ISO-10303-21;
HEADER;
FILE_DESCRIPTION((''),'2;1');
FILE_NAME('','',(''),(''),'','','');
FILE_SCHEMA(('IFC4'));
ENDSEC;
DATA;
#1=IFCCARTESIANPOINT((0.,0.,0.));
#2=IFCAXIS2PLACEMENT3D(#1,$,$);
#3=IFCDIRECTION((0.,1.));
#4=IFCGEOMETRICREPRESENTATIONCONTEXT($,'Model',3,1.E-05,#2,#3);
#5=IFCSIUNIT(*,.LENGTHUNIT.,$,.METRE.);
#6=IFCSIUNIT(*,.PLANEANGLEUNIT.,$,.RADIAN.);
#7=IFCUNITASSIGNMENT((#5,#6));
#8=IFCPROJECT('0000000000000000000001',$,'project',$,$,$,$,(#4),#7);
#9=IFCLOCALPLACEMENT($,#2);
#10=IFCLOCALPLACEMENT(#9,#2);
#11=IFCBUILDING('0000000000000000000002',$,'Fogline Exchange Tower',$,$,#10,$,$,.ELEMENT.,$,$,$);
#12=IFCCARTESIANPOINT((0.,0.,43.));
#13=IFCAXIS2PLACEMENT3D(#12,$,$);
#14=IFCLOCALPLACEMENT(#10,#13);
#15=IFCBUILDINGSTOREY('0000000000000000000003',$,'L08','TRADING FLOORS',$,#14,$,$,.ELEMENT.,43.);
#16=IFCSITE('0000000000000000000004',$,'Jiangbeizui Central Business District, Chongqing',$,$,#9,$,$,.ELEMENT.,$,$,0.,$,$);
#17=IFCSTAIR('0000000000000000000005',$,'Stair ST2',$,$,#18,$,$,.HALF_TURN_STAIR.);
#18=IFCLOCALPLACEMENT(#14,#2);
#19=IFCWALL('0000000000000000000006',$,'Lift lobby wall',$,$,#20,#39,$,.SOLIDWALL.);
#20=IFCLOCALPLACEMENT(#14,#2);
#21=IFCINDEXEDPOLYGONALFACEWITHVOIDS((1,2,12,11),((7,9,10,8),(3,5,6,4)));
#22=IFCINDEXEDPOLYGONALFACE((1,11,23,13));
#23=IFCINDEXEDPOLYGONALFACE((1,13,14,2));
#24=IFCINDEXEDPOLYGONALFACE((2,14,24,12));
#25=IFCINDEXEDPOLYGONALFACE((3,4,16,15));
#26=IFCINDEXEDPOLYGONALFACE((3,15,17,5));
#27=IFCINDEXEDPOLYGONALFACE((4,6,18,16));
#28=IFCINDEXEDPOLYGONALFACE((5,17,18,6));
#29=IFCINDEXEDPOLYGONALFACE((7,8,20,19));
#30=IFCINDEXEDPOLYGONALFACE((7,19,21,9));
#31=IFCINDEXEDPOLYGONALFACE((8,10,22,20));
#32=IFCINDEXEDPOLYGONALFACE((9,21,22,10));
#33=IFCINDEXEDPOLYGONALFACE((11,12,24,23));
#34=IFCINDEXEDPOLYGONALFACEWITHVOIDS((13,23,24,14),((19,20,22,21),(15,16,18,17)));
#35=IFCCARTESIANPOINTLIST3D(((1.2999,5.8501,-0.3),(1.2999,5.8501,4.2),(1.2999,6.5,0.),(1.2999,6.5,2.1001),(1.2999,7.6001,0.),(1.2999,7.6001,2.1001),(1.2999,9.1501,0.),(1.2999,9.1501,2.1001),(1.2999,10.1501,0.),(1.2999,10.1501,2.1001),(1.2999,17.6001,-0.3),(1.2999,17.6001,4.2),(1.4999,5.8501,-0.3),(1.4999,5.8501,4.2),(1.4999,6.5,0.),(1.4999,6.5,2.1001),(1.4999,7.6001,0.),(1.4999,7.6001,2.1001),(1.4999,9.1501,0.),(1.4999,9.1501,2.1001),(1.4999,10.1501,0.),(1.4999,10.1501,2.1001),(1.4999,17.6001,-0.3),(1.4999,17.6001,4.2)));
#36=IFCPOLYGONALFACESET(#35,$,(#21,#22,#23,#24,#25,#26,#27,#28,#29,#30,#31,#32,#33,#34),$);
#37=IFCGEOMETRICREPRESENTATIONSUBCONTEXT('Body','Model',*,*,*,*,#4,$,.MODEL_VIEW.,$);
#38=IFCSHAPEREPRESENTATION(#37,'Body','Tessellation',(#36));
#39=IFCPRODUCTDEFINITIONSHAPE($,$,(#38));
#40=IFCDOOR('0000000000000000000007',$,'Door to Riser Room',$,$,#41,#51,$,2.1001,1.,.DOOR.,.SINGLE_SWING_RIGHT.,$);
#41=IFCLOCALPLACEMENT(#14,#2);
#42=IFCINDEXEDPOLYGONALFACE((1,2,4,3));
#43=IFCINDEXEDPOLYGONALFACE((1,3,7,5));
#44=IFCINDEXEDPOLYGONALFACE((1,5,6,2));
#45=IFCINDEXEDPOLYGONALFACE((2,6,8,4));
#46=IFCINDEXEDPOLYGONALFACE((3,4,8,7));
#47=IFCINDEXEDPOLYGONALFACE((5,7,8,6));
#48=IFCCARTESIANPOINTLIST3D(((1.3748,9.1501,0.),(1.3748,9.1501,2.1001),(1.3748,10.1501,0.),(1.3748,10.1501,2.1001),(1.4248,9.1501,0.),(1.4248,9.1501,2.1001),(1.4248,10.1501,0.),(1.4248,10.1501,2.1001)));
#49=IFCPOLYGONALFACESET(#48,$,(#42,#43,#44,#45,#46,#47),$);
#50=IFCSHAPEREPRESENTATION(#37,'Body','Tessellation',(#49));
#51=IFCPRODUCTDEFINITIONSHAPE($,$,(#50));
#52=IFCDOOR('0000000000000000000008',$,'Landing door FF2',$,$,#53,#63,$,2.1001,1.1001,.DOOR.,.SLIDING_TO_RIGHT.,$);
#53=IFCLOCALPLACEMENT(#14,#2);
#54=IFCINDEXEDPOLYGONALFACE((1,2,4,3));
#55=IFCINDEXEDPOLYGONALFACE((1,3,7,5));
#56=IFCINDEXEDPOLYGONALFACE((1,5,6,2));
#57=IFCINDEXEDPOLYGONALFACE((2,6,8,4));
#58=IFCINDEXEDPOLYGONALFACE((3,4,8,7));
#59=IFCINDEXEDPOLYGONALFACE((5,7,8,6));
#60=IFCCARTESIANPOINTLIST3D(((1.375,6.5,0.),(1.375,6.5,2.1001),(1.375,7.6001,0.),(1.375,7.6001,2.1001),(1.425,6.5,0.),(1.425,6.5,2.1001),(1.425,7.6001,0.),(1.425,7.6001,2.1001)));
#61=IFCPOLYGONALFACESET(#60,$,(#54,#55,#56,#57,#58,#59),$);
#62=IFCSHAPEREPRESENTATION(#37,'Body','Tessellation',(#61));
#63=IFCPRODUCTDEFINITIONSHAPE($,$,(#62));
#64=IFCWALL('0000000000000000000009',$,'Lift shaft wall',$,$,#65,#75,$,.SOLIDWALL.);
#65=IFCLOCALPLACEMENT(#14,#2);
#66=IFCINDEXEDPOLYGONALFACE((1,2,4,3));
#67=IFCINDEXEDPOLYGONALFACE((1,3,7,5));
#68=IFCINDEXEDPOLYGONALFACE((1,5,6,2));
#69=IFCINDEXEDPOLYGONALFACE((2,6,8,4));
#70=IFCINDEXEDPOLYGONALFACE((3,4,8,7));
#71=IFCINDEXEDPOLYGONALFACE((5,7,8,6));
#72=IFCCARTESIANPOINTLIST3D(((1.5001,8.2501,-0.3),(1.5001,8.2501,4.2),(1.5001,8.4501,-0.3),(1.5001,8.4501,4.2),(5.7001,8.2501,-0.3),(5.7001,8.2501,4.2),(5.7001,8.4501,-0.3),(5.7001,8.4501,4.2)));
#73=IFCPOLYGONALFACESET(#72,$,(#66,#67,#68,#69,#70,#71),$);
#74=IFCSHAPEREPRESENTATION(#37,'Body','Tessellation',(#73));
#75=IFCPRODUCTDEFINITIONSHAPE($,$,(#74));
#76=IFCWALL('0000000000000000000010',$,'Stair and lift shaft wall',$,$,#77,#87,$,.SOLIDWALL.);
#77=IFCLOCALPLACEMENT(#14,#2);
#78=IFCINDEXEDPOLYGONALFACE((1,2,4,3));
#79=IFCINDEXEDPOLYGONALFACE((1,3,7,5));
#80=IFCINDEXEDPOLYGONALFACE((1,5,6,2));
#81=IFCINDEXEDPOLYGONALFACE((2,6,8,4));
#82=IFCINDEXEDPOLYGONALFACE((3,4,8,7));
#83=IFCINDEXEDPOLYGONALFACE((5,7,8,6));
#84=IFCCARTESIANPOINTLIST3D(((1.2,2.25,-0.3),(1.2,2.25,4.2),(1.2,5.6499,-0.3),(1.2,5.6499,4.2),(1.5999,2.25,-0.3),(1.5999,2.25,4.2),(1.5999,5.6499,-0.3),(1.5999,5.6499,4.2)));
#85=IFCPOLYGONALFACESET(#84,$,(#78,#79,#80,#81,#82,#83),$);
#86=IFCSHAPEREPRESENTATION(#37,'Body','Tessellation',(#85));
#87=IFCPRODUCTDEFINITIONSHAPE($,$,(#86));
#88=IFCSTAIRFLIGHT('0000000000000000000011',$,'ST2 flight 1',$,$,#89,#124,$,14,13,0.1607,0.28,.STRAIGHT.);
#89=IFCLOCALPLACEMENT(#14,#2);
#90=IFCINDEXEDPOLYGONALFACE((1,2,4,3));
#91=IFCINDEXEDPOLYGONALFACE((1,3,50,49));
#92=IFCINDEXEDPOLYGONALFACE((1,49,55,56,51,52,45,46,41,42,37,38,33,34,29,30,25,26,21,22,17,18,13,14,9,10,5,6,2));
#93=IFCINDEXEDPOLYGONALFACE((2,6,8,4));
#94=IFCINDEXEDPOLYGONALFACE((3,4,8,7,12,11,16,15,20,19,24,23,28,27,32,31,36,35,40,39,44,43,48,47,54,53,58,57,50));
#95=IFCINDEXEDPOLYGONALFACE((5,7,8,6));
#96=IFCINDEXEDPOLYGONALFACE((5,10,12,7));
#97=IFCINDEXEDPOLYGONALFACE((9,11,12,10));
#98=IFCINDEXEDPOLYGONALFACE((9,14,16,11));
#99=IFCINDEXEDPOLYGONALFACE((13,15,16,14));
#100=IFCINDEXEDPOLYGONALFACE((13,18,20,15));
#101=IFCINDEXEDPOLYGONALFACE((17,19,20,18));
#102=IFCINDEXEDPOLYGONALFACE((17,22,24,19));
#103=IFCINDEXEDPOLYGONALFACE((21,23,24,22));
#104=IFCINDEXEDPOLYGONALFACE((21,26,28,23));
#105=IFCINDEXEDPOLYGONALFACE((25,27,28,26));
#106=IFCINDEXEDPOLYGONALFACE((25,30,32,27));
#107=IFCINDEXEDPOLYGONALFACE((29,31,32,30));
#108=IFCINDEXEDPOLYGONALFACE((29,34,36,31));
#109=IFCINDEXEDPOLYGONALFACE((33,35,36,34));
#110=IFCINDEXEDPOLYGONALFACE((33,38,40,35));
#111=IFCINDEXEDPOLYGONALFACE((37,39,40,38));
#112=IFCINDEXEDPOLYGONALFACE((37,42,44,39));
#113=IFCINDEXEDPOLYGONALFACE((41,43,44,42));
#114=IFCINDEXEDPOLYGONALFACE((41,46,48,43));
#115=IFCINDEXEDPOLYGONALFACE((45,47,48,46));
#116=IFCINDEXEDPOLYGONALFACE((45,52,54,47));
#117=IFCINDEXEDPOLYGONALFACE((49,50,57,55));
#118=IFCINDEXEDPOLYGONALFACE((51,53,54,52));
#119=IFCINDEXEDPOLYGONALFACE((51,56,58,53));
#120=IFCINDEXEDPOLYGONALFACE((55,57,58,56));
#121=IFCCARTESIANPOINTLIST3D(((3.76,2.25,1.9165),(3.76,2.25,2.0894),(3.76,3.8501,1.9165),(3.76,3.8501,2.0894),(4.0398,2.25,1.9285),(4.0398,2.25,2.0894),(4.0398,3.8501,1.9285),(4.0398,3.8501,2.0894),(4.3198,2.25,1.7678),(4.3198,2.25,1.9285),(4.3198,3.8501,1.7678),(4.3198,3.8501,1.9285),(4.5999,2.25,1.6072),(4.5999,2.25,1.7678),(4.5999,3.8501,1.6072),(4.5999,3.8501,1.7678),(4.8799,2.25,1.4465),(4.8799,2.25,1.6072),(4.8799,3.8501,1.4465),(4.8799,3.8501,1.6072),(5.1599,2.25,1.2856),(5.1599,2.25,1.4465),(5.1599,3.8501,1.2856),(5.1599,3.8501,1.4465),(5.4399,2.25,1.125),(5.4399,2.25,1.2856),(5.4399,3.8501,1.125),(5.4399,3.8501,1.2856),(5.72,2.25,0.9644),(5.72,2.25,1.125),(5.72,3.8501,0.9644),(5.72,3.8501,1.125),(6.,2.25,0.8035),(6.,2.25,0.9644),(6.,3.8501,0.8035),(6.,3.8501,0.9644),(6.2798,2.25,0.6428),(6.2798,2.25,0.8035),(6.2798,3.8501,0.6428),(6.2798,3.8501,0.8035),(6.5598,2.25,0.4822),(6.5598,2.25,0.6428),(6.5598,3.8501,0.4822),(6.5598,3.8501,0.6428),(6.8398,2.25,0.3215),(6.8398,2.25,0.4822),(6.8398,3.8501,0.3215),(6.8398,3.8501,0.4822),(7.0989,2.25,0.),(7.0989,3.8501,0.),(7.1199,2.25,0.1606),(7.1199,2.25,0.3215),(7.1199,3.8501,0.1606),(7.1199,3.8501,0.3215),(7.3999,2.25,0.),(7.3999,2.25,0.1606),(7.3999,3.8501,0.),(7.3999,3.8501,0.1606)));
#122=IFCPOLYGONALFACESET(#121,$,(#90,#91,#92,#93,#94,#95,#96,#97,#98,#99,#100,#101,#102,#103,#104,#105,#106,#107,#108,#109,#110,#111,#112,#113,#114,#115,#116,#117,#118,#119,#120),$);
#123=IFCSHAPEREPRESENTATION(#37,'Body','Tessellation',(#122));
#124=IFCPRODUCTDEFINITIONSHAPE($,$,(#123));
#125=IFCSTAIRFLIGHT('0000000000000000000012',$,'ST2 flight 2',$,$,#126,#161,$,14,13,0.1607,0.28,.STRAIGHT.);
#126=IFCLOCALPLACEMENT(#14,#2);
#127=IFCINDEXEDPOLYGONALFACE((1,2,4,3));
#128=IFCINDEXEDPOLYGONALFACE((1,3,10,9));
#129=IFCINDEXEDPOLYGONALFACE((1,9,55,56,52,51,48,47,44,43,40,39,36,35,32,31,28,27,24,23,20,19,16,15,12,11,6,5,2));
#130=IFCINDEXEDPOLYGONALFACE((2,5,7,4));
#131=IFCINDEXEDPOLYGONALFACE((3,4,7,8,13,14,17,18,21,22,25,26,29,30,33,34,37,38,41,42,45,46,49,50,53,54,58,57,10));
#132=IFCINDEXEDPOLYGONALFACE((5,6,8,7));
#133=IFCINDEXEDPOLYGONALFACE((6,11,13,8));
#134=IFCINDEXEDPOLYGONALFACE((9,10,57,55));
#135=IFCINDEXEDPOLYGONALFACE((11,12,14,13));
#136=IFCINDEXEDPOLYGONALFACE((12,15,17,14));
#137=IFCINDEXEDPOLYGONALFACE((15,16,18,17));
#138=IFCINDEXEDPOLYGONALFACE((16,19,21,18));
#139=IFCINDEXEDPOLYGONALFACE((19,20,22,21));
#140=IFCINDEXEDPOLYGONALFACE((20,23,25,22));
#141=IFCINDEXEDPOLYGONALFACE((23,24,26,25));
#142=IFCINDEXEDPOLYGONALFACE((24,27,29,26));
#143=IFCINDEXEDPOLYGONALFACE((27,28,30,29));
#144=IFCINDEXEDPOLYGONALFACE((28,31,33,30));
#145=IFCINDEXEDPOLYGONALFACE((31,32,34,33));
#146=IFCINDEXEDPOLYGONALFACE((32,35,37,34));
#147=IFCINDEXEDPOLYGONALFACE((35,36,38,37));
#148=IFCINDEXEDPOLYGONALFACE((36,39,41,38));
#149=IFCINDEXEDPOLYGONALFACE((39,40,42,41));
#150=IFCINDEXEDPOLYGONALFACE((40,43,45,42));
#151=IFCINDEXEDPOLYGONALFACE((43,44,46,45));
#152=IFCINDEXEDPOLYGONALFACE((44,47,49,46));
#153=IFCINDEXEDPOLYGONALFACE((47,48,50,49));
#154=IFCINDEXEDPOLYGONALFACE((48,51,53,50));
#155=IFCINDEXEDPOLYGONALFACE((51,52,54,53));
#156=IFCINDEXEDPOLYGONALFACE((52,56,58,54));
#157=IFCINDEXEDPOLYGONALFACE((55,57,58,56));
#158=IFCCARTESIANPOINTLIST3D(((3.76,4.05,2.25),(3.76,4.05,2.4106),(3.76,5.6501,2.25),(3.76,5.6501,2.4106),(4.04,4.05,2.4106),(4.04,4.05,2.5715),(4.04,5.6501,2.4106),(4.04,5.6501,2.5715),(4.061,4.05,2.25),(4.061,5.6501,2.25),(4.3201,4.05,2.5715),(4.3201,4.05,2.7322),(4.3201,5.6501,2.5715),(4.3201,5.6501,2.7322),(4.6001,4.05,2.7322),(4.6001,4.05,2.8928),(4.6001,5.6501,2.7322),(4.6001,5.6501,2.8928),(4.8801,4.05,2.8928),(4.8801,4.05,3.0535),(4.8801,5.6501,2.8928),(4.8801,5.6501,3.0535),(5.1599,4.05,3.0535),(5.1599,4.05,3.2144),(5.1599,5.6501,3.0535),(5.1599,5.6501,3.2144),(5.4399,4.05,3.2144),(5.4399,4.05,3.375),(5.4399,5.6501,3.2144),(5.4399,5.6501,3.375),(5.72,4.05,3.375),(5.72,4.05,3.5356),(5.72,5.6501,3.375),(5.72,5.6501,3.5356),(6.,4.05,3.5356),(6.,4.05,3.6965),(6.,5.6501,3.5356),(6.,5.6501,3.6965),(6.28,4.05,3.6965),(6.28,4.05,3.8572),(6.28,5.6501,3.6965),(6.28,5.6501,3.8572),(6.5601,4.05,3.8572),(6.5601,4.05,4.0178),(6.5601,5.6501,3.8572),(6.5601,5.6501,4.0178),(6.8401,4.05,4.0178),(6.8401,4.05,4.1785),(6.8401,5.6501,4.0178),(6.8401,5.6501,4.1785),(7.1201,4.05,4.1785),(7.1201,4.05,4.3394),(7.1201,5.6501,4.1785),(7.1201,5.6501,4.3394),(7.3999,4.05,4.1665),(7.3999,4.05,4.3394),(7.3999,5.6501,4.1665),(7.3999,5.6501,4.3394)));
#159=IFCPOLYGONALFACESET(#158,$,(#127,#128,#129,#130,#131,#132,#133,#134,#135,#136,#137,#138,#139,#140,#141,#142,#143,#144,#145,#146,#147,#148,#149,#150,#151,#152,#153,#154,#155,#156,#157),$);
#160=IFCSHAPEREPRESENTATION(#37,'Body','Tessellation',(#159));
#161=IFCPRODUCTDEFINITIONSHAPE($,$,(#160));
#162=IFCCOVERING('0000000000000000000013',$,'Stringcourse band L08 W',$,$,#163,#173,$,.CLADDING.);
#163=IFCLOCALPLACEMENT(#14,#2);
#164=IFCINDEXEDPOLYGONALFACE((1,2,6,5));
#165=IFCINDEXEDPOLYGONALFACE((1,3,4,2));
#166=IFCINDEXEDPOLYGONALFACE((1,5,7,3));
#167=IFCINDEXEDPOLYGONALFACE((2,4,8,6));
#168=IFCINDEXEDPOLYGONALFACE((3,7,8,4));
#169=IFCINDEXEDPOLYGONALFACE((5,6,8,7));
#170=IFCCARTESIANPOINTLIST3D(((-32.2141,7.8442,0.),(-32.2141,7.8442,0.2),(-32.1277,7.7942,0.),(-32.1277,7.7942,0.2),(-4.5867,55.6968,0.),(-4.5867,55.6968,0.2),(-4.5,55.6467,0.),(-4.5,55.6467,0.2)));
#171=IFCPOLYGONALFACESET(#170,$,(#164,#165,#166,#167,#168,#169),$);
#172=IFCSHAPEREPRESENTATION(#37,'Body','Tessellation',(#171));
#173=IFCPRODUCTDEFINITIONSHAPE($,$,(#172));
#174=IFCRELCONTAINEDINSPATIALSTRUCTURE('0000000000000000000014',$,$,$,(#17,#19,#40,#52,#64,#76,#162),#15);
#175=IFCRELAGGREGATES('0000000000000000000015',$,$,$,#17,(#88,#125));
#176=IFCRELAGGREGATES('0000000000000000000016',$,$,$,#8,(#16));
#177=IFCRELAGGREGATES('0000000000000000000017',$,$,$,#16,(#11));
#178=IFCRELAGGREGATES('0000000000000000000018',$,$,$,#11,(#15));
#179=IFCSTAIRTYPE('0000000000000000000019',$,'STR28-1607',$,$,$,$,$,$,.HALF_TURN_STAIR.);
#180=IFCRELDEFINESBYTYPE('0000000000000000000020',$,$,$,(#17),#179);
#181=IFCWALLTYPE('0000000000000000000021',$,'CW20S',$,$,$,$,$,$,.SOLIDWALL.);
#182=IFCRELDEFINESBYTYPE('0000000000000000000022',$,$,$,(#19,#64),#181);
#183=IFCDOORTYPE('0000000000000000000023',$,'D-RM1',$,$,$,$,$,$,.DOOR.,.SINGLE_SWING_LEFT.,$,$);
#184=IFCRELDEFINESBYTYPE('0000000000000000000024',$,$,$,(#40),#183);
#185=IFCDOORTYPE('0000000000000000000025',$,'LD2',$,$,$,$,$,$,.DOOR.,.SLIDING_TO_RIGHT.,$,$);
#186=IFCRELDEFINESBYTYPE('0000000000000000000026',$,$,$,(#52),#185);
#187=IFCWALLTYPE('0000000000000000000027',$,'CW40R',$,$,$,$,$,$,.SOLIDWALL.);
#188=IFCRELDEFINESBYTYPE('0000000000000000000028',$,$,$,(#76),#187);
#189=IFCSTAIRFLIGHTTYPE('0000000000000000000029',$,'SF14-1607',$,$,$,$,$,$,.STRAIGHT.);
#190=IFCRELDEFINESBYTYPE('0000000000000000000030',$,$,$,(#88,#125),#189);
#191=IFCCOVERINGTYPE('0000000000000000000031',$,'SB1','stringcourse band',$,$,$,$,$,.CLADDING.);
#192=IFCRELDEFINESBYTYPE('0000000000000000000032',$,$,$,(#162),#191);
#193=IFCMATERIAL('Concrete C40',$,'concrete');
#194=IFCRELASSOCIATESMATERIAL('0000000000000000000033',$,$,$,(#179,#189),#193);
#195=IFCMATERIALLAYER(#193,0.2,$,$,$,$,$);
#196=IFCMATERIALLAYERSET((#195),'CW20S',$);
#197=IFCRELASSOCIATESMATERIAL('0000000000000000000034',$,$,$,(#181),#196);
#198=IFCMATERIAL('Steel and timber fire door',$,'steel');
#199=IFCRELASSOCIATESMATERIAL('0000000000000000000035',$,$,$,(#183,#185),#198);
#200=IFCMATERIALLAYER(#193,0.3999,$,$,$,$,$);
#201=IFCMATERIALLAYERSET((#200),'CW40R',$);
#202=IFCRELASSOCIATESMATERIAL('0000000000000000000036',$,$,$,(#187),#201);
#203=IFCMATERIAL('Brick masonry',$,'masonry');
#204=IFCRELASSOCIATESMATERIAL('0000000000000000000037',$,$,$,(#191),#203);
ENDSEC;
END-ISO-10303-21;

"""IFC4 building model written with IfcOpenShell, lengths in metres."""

from ifc_helpers import new_model, si_unit, direction, frame, frame_2d, origin, place, context, subcontext, project, spatial, polyline, rectangle, outline, extrude, material, layer, layer_set, type_object, element, fill, aggregate, save


model = new_model("IFC4")

# Units and contexts
model_context = context("Model", 3, precision=1e-05, world=origin(), true_north=direction((0.0, 1.0)))
body_context = subcontext(model_context, "Body", "Model", "MODEL_VIEW")
ifc_project = project(units=[si_unit("LENGTHUNIT", "METRE"), si_unit("PLANEANGLEUNIT", "RADIAN")], contexts=[model_context])

# Site, building, storey
site_placement = place(None, origin())
site = spatial("IfcSite", under=ifc_project, at=site_placement, Name="Jiangbeizui Central Business District, Chongqing", CompositionType="ELEMENT", RefElevation=0.0)
building_placement = place(site_placement, origin())
building = spatial("IfcBuilding", under=site, at=building_placement, Name="Fogline Exchange Tower", CompositionType="ELEMENT")
storey_placement = place(building_placement, frame((0.0, 0.0, 43.0)))
storey = spatial("IfcBuildingStorey", under=building, at=storey_placement, Name="L08", Description="TRADING FLOORS", CompositionType="ELEMENT", Elevation=43.0)

# Shared definitions
ifc_material_1 = material(Name="Concrete C40", Category="concrete")

# Stair
stair_type = type_object("IfcStairType", Name="STR28-1607", PredefinedType="HALF_TURN_STAIR", material=ifc_material_1)
stair_1_placement = place(storey_placement, origin())
stair_1 = element("IfcStair", 1, at=stair_1_placement, inside=storey, type_object=stair_type, Name="Stair ST2", PredefinedType="HALF_TURN_STAIR")

# Shared definitions
ifc_material_2 = material(Name="Steel and timber fire door", Category="steel")

# Shared definitions
ifc_layer_1 = layer(ifc_material_1, 0.2)
ifc_layer_set_1 = layer_set([ifc_layer_1], Name="CW20S")
wall_type_1 = type_object("IfcWallType", Name="CW20S", PredefinedType="SOLIDWALL", material=ifc_layer_set_1)
door_type_1 = type_object("IfcDoorType", Name="D-RM1", OperationType="SINGLE_SWING_LEFT", PredefinedType="DOOR", material=ifc_material_2)

# Wall, openings, doors
wall_1_placement = place(storey_placement, frame((1.3999, 5.8501, -0.3), z_axis=(0.0, 0.0, 1.0), x_axis=(0.0, 1.0, 0.0)))
wall_1 = element("IfcWall", 2, at=wall_1_placement, inside=storey, type_object=wall_type_1, Name="Lift lobby wall", PredefinedType="SOLIDWALL", context=body_context, shape_type="SweptSolid", body=[
    extrude(rectangle(XDim=11.75, YDim=0.2, at=frame_2d((5.875, 0.0))), origin(), (0.0, 0.0, 1.0), 4.5),
])
opening_1_placement = place(wall_1_placement, frame((0.6499, 0.0, 0.3)))
opening_1 = element("IfcOpeningElement", 3, at=opening_1_placement, cuts=wall_1, PredefinedType="OPENING", context=body_context, shape_type="SweptSolid", body=[
    extrude(rectangle(XDim=1.1001, YDim=2.1001, at=frame_2d((0.55, 1.05))), frame((0.0, 0.1099, 0.0), z_axis=(0.0, -1.0, 0.0), x_axis=(1.0, 0.0, 0.0)), (0.0, 0.0, 1.0), 0.22),
])
opening_2_placement = place(wall_1_placement, frame((3.3, 0.0, 0.3)))
opening_2 = element("IfcOpeningElement", 4, at=opening_2_placement, cuts=wall_1, PredefinedType="OPENING", context=body_context, shape_type="SweptSolid", body=[
    extrude(rectangle(XDim=1.0, YDim=2.1001, at=frame_2d((0.5, 1.05))), frame((0.0, 0.1099, 0.0), z_axis=(0.0, -1.0, 0.0), x_axis=(1.0, 0.0, 0.0)), (0.0, 0.0, 1.0), 0.22),
])
door_1_placement = place(opening_2_placement, frame((1.0, 0.0, 0.0), z_axis=(0.0, 0.0, 1.0), x_axis=(-1.0, 0.0, 0.0)))
door_1 = element("IfcDoor", 5, at=door_1_placement, inside=storey, type_object=door_type_1, Name="Door to Riser Room", OperationType="SINGLE_SWING_RIGHT", OverallHeight=2.1001, OverallWidth=1.0, PredefinedType="DOOR", context=body_context, shape_type="SweptSolid", body=[
    extrude(rectangle(XDim=1.0, YDim=2.1001, at=frame_2d((0.5, 1.05))), frame((0.0, 0.0249, 0.0), z_axis=(0.0, -1.0, 0.0), x_axis=(1.0, 0.0, 0.0)), (0.0, 0.0, 1.0), 0.05),
])
fill(opening_2, door_1)
door_type_2 = type_object("IfcDoorType", Name="LD2", OperationType="SLIDING_TO_RIGHT", PredefinedType="DOOR", material=ifc_material_2)
door_2_placement = place(opening_1_placement, origin())
door_2 = element("IfcDoor", 6, at=door_2_placement, inside=storey, type_object=door_type_2, Name="Landing door FF2", OperationType="SLIDING_TO_RIGHT", OverallHeight=2.1001, OverallWidth=1.1001, PredefinedType="DOOR", context=body_context, shape_type="SweptSolid", body=[
    extrude(rectangle(XDim=1.1001, YDim=2.1001, at=frame_2d((0.55, 1.05))), frame((0.0, 0.0249, 0.0), z_axis=(0.0, -1.0, 0.0), x_axis=(1.0, 0.0, 0.0)), (0.0, 0.0, 1.0), 0.05),
])
fill(opening_1, door_2)

# Walls
wall_2_placement = place(storey_placement, frame((1.5, 8.3501, -0.3), z_axis=(0.0, 0.0, 1.0), x_axis=(1.0, 0.0, 0.0)))
element("IfcWall", 7, at=wall_2_placement, inside=storey, type_object=wall_type_1, Name="Lift shaft wall", PredefinedType="SOLIDWALL", context=body_context, shape_type="SweptSolid", body=[
    extrude(rectangle(XDim=4.2, YDim=0.2, at=frame_2d((2.1001, 0.0))), origin(), (0.0, 0.0, 1.0), 4.5),
])
ifc_layer_2 = layer(ifc_material_1, 0.3999)
ifc_layer_set_2 = layer_set([ifc_layer_2], Name="CW40R")
wall_type_2 = type_object("IfcWallType", Name="CW40R", PredefinedType="SOLIDWALL", material=ifc_layer_set_2)
wall_3_placement = place(storey_placement, frame((1.3999, 2.25, -0.3), z_axis=(0.0, 0.0, 1.0), x_axis=(0.0, 1.0, 0.0)))
element("IfcWall", 8, at=wall_3_placement, inside=storey, type_object=wall_type_2, Name="Stair and lift shaft wall", PredefinedType="SOLIDWALL", context=body_context, shape_type="SweptSolid", body=[
    extrude(rectangle(XDim=3.3999, YDim=0.3999, at=frame_2d((1.7, 0.0))), origin(), (0.0, 0.0, 1.0), 4.5),
])

# Stair flights
stair_flight_type = type_object("IfcStairFlightType", Name="SF14-1607", PredefinedType="STRAIGHT", material=ifc_material_1)
stair_flight_1_placement = place(storey_placement, frame((7.3999, 3.05, 0.0), z_axis=(0.0, 0.0, 1.0), x_axis=(-1.0, 0.0, 0.0)))
stair_flight_1 = element("IfcStairFlight", 9, at=stair_flight_1_placement, type_object=stair_flight_type, Name="ST2 flight 1", NumberOfRisers=14, NumberOfTreads=13, PredefinedType="STRAIGHT", RiserHeight=0.1607, TreadLength=0.28, context=body_context, shape_type="SweptSolid", body=[
    extrude(outline(polyline([(0.0, 0.0), (0.0, 0.1606), (0.28, 0.1606), (0.28, 0.3215), (0.5601, 0.3215), (0.5601, 0.4822), (0.8401, 0.4822), (0.8401, 0.6428), (1.1201, 0.6428), (1.1201, 0.8035), (1.3999, 0.8035), (1.3999, 0.9644), (1.6799, 0.9644), (1.6799, 1.125), (1.96, 1.125), (1.96, 1.2856), (2.24, 1.2856), (2.24, 1.4465), (2.52, 1.4465), (2.52, 1.6072), (2.8, 1.6072), (2.8, 1.7678), (3.0801, 1.7678), (3.0801, 1.9285), (3.3601, 1.9285), (3.3601, 2.0894), (3.6399, 2.0894), (3.6399, 2.25), (3.6399, 1.9165), (0.301, 0.0), (0.0, 0.0)])), frame((0.0, 0.8, 0.0), z_axis=(0.0, -1.0, 0.0), x_axis=(1.0, 0.0, 0.0)), (0.0, 0.0, 1.0), 1.6001),
])
stair_flight_2_placement = place(storey_placement, frame((3.76, 4.8501, 2.25), z_axis=(0.0, 0.0, 1.0), x_axis=(1.0, 0.0, 0.0)))
stair_flight_2 = element("IfcStairFlight", 10, at=stair_flight_2_placement, type_object=stair_flight_type, Name="ST2 flight 2", NumberOfRisers=14, NumberOfTreads=13, PredefinedType="STRAIGHT", RiserHeight=0.1607, TreadLength=0.28, context=body_context, shape_type="SweptSolid", body=[
    extrude(outline(polyline([(0.0, 0.0), (0.0, 0.1606), (0.28, 0.1606), (0.28, 0.3215), (0.5601, 0.3215), (0.5601, 0.4822), (0.8401, 0.4822), (0.8401, 0.6428), (1.1201, 0.6428), (1.1201, 0.8035), (1.3999, 0.8035), (1.3999, 0.9644), (1.6799, 0.9644), (1.6799, 1.125), (1.96, 1.125), (1.96, 1.2856), (2.24, 1.2856), (2.24, 1.4465), (2.52, 1.4465), (2.52, 1.6072), (2.8, 1.6072), (2.8, 1.7678), (3.0801, 1.7678), (3.0801, 1.9285), (3.3601, 1.9285), (3.3601, 2.0894), (3.6399, 2.0894), (3.6399, 2.25), (3.6399, 1.9165), (0.301, 0.0), (0.0, 0.0)])), frame((0.0, 0.8, 0.0), z_axis=(0.0, -1.0, 0.0), x_axis=(1.0, 0.0, 0.0)), (0.0, 0.0, 1.0), 1.6001),
])
aggregate(stair_1, [stair_flight_1, stair_flight_2])

# Covering
ifc_material_3 = material(Name="Brick masonry", Category="masonry")
covering_type = type_object("IfcCoveringType", Name="SB1", Description="stringcourse band", PredefinedType="CLADDING", material=ifc_material_3)
covering_placement = place(storey_placement, origin())
element("IfcCovering", 11, at=covering_placement, inside=storey, type_object=covering_type, Name="Stringcourse band L08 W", PredefinedType="CLADDING", context=body_context, shape_type="SweptSolid", body=[
    extrude(outline(polyline([(-4.5, 55.6467), (-4.5867, 55.6968), (-32.2141, 7.8442), (-32.1277, 7.7942), (-4.5, 55.6467)])), origin(), (0.0, 0.0, 1.0), 0.2),
])

save(model, "model.ifc")
